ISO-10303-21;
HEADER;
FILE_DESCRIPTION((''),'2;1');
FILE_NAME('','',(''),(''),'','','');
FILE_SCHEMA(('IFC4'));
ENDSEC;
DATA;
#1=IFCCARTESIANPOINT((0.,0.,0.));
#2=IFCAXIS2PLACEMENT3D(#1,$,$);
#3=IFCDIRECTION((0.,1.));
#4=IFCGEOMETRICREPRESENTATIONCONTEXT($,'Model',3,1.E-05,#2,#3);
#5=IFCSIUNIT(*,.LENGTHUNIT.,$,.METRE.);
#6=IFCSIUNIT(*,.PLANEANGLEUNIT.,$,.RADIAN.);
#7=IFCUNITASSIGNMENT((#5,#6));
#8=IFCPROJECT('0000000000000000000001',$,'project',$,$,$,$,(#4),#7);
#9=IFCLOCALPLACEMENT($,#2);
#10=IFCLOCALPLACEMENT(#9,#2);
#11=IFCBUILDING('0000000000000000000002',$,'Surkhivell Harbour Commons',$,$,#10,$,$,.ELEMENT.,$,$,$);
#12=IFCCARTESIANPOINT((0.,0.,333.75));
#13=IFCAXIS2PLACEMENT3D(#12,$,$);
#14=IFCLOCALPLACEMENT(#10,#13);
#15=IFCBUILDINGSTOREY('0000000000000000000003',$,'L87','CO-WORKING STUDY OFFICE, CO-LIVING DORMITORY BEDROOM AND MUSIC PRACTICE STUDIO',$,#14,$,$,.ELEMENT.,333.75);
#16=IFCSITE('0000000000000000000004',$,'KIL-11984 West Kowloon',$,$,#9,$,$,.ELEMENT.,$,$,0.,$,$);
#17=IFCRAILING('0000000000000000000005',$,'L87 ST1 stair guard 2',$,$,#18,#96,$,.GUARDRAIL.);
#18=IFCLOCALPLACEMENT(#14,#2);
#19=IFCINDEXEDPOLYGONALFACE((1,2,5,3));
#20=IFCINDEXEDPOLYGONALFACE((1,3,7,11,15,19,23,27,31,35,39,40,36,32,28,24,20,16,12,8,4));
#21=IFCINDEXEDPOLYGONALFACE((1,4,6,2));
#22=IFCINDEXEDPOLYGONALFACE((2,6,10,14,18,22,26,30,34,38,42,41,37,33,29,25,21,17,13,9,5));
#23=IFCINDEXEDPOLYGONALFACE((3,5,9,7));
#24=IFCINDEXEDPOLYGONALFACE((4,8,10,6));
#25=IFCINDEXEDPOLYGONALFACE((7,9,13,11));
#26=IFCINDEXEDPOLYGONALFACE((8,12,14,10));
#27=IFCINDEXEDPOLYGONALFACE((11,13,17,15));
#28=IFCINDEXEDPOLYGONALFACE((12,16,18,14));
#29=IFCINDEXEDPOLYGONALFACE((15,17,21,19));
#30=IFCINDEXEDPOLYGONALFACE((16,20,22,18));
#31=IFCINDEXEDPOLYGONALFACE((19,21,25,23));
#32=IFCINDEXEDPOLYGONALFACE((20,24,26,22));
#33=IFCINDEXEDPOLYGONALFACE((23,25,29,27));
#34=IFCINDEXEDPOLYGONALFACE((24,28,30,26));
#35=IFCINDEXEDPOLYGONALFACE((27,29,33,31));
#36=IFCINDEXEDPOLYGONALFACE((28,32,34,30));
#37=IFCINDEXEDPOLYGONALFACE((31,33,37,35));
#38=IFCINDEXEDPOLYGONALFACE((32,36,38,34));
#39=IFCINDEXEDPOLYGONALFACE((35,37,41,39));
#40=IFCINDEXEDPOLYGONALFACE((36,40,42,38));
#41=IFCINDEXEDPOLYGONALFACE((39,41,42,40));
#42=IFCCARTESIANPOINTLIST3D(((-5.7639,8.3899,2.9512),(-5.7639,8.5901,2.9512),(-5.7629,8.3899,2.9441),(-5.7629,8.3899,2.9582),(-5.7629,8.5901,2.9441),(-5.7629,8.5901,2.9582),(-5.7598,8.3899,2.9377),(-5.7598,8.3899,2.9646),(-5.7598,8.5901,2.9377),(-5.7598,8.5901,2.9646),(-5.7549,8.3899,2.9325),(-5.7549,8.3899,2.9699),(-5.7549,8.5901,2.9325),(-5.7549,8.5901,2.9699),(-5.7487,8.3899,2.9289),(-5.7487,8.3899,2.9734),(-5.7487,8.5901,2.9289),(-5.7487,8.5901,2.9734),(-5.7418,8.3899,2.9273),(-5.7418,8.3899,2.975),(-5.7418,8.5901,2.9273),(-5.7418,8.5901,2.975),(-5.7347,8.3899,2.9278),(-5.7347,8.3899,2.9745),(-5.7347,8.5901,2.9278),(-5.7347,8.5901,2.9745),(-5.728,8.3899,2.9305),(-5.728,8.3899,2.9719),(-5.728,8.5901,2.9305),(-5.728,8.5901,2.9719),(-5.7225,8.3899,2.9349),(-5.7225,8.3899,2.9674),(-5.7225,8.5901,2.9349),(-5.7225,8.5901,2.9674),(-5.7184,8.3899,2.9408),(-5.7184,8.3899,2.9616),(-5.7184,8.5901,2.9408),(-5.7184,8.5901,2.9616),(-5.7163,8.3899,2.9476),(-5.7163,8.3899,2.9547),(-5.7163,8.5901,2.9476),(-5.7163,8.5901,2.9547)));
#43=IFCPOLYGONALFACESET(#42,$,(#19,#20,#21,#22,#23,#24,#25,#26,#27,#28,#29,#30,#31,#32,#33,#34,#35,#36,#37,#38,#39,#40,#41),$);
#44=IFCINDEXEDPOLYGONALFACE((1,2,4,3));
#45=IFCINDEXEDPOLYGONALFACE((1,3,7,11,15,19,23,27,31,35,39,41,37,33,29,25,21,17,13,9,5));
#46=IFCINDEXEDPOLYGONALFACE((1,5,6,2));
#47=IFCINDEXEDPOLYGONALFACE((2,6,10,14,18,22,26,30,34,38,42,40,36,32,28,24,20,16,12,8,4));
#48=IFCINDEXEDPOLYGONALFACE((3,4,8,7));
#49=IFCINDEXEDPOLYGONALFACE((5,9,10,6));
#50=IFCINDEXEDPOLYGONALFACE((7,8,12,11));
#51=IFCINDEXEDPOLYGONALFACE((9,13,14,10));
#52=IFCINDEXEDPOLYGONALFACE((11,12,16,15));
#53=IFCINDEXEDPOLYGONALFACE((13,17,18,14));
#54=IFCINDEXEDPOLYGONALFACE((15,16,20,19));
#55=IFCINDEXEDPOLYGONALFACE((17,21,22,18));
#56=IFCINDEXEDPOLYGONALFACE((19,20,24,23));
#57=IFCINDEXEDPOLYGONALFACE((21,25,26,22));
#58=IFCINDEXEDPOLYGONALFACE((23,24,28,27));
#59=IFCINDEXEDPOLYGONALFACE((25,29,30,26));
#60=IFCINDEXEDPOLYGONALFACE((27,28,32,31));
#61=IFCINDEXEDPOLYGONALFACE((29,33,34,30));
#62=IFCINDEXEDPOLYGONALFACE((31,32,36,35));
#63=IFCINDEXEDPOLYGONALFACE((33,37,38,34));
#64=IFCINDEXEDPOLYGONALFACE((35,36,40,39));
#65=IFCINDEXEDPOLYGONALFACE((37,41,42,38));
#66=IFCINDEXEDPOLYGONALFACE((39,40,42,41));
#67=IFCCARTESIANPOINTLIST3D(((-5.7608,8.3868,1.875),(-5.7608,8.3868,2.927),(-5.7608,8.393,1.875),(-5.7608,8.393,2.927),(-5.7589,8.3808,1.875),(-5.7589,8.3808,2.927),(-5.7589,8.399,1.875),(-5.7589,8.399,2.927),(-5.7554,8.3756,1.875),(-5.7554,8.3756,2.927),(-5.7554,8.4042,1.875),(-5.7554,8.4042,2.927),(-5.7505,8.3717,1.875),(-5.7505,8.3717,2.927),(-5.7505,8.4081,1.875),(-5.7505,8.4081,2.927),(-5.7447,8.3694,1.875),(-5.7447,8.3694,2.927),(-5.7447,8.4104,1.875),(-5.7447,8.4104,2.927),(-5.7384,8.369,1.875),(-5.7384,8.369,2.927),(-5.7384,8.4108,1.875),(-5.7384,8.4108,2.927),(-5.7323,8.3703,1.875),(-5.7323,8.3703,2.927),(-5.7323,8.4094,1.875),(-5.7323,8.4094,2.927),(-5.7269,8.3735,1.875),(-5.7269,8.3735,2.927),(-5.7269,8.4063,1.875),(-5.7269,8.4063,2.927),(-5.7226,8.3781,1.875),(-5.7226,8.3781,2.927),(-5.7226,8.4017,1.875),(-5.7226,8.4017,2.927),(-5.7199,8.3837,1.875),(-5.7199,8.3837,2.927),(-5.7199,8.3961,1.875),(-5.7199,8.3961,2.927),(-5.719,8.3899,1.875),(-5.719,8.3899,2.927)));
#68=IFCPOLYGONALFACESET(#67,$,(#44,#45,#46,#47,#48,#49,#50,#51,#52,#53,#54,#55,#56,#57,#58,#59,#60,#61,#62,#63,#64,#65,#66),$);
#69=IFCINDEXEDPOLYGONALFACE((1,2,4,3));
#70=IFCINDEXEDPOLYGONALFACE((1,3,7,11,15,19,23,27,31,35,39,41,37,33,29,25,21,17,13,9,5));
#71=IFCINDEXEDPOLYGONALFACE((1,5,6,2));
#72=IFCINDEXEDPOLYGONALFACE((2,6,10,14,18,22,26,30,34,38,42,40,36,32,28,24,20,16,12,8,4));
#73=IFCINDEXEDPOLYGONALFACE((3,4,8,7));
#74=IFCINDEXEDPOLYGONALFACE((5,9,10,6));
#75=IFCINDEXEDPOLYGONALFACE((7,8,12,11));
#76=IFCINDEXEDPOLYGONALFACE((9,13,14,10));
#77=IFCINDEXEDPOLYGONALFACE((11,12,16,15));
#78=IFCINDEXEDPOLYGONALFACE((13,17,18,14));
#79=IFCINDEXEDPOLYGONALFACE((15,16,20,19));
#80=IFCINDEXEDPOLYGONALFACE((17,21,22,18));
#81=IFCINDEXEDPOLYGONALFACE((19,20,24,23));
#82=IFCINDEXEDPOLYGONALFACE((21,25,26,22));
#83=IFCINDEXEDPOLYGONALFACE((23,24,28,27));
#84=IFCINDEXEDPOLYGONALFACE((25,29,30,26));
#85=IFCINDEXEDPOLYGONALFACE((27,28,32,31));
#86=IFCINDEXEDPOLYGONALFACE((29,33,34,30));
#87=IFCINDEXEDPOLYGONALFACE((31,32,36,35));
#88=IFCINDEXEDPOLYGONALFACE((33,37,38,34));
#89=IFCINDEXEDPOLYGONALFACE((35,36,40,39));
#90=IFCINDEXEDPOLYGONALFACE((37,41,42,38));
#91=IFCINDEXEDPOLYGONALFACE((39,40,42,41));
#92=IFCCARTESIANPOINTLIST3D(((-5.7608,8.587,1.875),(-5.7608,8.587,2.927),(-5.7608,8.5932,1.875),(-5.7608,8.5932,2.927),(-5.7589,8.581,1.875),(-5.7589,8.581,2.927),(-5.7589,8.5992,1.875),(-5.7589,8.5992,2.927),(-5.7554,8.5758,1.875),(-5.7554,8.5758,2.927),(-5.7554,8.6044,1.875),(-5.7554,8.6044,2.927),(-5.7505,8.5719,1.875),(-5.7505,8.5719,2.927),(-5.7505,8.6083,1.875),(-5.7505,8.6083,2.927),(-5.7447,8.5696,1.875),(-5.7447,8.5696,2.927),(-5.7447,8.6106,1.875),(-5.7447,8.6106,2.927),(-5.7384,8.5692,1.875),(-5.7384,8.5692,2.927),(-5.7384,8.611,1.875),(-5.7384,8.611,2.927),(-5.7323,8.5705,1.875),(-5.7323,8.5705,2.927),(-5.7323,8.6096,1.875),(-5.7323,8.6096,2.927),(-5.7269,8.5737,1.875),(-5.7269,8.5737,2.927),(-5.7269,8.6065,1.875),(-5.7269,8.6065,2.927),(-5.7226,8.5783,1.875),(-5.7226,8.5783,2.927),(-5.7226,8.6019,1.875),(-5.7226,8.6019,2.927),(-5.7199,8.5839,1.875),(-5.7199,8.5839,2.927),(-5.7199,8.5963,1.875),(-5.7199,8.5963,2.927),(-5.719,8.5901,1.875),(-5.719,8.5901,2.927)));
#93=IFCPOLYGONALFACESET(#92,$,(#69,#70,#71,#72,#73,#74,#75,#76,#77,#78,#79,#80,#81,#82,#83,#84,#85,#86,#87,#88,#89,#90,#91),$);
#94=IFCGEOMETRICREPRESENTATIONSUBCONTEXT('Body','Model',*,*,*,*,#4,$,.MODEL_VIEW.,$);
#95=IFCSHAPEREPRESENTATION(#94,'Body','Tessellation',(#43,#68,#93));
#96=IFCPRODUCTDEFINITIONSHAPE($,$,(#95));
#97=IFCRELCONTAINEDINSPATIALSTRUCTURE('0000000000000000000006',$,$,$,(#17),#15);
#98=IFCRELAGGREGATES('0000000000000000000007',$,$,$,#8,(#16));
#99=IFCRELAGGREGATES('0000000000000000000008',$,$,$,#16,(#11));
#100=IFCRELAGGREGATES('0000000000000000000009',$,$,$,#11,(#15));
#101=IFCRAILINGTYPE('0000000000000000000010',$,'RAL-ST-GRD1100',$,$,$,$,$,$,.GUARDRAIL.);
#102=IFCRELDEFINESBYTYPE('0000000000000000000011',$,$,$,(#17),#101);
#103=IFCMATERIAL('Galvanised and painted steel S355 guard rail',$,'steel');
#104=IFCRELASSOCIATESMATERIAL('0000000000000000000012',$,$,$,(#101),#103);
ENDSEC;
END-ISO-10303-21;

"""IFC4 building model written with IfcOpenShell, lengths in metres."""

from ifc_helpers import new_model, si_unit, direction, frame, origin, origin_2d, place, context, subcontext, project, spatial, circle, extrude, material, type_object, element, save


model = new_model("IFC4")

# Units and contexts
model_context = context("Model", 3, precision=1e-05, world=origin(), true_north=direction((0.0, 1.0)))
body_context = subcontext(model_context, "Body", "Model", "MODEL_VIEW")
ifc_project = project(units=[si_unit("LENGTHUNIT", "METRE"), si_unit("PLANEANGLEUNIT", "RADIAN")], contexts=[model_context])

# Site, building, storey
site_placement = place(None, origin())
site = spatial("IfcSite", under=ifc_project, at=site_placement, Name="KIL-11984 West Kowloon", CompositionType="ELEMENT", RefElevation=0.0)
building_placement = place(site_placement, origin())
building = spatial("IfcBuilding", under=site, at=building_placement, Name="Surkhivell Harbour Commons", CompositionType="ELEMENT")
storey_placement = place(building_placement, frame((0.0, 0.0, 333.75)))
storey = spatial("IfcBuildingStorey", under=building, at=storey_placement, Name="L87", Description="CO-WORKING STUDY OFFICE, CO-LIVING DORMITORY BEDROOM AND MUSIC PRACTICE STUDIO", CompositionType="ELEMENT", Elevation=333.75)

# Railing
ifc_material_1 = material(Name="Galvanised and painted steel S355 guard rail", Category="steel")
railing_type_1 = type_object("IfcRailingType", Name="RAL-ST-GRD1100", PredefinedType="GUARDRAIL", material=ifc_material_1)
railing_1_placement = place(storey_placement, frame((-5.74, 8.3899, 1.875)))
element("IfcRailing", 1, at=railing_1_placement, inside=storey, type_object=railing_type_1, Name="L87 ST1 stair guard 2", PredefinedType="GUARDRAIL", context=body_context, shape_type="SweptSolid", body=[
    extrude(circle(Radius=0.0239, at=origin_2d()), frame((0.0, 0.0, 1.0762), z_axis=(0.0, 1.0, 0.0), x_axis=(-1.0, 0.0, 0.0)), (0.0, 0.0, 1.0), 0.2002),
    extrude(circle(Radius=0.021, at=origin_2d()), origin(), (0.0, 0.0, 1.0), 1.052),
    extrude(circle(Radius=0.021, at=origin_2d()), frame((0.0, 0.2002, 0.0)), (0.0, 0.0, 1.0), 1.052),
])

save(model, "model.ifc")
